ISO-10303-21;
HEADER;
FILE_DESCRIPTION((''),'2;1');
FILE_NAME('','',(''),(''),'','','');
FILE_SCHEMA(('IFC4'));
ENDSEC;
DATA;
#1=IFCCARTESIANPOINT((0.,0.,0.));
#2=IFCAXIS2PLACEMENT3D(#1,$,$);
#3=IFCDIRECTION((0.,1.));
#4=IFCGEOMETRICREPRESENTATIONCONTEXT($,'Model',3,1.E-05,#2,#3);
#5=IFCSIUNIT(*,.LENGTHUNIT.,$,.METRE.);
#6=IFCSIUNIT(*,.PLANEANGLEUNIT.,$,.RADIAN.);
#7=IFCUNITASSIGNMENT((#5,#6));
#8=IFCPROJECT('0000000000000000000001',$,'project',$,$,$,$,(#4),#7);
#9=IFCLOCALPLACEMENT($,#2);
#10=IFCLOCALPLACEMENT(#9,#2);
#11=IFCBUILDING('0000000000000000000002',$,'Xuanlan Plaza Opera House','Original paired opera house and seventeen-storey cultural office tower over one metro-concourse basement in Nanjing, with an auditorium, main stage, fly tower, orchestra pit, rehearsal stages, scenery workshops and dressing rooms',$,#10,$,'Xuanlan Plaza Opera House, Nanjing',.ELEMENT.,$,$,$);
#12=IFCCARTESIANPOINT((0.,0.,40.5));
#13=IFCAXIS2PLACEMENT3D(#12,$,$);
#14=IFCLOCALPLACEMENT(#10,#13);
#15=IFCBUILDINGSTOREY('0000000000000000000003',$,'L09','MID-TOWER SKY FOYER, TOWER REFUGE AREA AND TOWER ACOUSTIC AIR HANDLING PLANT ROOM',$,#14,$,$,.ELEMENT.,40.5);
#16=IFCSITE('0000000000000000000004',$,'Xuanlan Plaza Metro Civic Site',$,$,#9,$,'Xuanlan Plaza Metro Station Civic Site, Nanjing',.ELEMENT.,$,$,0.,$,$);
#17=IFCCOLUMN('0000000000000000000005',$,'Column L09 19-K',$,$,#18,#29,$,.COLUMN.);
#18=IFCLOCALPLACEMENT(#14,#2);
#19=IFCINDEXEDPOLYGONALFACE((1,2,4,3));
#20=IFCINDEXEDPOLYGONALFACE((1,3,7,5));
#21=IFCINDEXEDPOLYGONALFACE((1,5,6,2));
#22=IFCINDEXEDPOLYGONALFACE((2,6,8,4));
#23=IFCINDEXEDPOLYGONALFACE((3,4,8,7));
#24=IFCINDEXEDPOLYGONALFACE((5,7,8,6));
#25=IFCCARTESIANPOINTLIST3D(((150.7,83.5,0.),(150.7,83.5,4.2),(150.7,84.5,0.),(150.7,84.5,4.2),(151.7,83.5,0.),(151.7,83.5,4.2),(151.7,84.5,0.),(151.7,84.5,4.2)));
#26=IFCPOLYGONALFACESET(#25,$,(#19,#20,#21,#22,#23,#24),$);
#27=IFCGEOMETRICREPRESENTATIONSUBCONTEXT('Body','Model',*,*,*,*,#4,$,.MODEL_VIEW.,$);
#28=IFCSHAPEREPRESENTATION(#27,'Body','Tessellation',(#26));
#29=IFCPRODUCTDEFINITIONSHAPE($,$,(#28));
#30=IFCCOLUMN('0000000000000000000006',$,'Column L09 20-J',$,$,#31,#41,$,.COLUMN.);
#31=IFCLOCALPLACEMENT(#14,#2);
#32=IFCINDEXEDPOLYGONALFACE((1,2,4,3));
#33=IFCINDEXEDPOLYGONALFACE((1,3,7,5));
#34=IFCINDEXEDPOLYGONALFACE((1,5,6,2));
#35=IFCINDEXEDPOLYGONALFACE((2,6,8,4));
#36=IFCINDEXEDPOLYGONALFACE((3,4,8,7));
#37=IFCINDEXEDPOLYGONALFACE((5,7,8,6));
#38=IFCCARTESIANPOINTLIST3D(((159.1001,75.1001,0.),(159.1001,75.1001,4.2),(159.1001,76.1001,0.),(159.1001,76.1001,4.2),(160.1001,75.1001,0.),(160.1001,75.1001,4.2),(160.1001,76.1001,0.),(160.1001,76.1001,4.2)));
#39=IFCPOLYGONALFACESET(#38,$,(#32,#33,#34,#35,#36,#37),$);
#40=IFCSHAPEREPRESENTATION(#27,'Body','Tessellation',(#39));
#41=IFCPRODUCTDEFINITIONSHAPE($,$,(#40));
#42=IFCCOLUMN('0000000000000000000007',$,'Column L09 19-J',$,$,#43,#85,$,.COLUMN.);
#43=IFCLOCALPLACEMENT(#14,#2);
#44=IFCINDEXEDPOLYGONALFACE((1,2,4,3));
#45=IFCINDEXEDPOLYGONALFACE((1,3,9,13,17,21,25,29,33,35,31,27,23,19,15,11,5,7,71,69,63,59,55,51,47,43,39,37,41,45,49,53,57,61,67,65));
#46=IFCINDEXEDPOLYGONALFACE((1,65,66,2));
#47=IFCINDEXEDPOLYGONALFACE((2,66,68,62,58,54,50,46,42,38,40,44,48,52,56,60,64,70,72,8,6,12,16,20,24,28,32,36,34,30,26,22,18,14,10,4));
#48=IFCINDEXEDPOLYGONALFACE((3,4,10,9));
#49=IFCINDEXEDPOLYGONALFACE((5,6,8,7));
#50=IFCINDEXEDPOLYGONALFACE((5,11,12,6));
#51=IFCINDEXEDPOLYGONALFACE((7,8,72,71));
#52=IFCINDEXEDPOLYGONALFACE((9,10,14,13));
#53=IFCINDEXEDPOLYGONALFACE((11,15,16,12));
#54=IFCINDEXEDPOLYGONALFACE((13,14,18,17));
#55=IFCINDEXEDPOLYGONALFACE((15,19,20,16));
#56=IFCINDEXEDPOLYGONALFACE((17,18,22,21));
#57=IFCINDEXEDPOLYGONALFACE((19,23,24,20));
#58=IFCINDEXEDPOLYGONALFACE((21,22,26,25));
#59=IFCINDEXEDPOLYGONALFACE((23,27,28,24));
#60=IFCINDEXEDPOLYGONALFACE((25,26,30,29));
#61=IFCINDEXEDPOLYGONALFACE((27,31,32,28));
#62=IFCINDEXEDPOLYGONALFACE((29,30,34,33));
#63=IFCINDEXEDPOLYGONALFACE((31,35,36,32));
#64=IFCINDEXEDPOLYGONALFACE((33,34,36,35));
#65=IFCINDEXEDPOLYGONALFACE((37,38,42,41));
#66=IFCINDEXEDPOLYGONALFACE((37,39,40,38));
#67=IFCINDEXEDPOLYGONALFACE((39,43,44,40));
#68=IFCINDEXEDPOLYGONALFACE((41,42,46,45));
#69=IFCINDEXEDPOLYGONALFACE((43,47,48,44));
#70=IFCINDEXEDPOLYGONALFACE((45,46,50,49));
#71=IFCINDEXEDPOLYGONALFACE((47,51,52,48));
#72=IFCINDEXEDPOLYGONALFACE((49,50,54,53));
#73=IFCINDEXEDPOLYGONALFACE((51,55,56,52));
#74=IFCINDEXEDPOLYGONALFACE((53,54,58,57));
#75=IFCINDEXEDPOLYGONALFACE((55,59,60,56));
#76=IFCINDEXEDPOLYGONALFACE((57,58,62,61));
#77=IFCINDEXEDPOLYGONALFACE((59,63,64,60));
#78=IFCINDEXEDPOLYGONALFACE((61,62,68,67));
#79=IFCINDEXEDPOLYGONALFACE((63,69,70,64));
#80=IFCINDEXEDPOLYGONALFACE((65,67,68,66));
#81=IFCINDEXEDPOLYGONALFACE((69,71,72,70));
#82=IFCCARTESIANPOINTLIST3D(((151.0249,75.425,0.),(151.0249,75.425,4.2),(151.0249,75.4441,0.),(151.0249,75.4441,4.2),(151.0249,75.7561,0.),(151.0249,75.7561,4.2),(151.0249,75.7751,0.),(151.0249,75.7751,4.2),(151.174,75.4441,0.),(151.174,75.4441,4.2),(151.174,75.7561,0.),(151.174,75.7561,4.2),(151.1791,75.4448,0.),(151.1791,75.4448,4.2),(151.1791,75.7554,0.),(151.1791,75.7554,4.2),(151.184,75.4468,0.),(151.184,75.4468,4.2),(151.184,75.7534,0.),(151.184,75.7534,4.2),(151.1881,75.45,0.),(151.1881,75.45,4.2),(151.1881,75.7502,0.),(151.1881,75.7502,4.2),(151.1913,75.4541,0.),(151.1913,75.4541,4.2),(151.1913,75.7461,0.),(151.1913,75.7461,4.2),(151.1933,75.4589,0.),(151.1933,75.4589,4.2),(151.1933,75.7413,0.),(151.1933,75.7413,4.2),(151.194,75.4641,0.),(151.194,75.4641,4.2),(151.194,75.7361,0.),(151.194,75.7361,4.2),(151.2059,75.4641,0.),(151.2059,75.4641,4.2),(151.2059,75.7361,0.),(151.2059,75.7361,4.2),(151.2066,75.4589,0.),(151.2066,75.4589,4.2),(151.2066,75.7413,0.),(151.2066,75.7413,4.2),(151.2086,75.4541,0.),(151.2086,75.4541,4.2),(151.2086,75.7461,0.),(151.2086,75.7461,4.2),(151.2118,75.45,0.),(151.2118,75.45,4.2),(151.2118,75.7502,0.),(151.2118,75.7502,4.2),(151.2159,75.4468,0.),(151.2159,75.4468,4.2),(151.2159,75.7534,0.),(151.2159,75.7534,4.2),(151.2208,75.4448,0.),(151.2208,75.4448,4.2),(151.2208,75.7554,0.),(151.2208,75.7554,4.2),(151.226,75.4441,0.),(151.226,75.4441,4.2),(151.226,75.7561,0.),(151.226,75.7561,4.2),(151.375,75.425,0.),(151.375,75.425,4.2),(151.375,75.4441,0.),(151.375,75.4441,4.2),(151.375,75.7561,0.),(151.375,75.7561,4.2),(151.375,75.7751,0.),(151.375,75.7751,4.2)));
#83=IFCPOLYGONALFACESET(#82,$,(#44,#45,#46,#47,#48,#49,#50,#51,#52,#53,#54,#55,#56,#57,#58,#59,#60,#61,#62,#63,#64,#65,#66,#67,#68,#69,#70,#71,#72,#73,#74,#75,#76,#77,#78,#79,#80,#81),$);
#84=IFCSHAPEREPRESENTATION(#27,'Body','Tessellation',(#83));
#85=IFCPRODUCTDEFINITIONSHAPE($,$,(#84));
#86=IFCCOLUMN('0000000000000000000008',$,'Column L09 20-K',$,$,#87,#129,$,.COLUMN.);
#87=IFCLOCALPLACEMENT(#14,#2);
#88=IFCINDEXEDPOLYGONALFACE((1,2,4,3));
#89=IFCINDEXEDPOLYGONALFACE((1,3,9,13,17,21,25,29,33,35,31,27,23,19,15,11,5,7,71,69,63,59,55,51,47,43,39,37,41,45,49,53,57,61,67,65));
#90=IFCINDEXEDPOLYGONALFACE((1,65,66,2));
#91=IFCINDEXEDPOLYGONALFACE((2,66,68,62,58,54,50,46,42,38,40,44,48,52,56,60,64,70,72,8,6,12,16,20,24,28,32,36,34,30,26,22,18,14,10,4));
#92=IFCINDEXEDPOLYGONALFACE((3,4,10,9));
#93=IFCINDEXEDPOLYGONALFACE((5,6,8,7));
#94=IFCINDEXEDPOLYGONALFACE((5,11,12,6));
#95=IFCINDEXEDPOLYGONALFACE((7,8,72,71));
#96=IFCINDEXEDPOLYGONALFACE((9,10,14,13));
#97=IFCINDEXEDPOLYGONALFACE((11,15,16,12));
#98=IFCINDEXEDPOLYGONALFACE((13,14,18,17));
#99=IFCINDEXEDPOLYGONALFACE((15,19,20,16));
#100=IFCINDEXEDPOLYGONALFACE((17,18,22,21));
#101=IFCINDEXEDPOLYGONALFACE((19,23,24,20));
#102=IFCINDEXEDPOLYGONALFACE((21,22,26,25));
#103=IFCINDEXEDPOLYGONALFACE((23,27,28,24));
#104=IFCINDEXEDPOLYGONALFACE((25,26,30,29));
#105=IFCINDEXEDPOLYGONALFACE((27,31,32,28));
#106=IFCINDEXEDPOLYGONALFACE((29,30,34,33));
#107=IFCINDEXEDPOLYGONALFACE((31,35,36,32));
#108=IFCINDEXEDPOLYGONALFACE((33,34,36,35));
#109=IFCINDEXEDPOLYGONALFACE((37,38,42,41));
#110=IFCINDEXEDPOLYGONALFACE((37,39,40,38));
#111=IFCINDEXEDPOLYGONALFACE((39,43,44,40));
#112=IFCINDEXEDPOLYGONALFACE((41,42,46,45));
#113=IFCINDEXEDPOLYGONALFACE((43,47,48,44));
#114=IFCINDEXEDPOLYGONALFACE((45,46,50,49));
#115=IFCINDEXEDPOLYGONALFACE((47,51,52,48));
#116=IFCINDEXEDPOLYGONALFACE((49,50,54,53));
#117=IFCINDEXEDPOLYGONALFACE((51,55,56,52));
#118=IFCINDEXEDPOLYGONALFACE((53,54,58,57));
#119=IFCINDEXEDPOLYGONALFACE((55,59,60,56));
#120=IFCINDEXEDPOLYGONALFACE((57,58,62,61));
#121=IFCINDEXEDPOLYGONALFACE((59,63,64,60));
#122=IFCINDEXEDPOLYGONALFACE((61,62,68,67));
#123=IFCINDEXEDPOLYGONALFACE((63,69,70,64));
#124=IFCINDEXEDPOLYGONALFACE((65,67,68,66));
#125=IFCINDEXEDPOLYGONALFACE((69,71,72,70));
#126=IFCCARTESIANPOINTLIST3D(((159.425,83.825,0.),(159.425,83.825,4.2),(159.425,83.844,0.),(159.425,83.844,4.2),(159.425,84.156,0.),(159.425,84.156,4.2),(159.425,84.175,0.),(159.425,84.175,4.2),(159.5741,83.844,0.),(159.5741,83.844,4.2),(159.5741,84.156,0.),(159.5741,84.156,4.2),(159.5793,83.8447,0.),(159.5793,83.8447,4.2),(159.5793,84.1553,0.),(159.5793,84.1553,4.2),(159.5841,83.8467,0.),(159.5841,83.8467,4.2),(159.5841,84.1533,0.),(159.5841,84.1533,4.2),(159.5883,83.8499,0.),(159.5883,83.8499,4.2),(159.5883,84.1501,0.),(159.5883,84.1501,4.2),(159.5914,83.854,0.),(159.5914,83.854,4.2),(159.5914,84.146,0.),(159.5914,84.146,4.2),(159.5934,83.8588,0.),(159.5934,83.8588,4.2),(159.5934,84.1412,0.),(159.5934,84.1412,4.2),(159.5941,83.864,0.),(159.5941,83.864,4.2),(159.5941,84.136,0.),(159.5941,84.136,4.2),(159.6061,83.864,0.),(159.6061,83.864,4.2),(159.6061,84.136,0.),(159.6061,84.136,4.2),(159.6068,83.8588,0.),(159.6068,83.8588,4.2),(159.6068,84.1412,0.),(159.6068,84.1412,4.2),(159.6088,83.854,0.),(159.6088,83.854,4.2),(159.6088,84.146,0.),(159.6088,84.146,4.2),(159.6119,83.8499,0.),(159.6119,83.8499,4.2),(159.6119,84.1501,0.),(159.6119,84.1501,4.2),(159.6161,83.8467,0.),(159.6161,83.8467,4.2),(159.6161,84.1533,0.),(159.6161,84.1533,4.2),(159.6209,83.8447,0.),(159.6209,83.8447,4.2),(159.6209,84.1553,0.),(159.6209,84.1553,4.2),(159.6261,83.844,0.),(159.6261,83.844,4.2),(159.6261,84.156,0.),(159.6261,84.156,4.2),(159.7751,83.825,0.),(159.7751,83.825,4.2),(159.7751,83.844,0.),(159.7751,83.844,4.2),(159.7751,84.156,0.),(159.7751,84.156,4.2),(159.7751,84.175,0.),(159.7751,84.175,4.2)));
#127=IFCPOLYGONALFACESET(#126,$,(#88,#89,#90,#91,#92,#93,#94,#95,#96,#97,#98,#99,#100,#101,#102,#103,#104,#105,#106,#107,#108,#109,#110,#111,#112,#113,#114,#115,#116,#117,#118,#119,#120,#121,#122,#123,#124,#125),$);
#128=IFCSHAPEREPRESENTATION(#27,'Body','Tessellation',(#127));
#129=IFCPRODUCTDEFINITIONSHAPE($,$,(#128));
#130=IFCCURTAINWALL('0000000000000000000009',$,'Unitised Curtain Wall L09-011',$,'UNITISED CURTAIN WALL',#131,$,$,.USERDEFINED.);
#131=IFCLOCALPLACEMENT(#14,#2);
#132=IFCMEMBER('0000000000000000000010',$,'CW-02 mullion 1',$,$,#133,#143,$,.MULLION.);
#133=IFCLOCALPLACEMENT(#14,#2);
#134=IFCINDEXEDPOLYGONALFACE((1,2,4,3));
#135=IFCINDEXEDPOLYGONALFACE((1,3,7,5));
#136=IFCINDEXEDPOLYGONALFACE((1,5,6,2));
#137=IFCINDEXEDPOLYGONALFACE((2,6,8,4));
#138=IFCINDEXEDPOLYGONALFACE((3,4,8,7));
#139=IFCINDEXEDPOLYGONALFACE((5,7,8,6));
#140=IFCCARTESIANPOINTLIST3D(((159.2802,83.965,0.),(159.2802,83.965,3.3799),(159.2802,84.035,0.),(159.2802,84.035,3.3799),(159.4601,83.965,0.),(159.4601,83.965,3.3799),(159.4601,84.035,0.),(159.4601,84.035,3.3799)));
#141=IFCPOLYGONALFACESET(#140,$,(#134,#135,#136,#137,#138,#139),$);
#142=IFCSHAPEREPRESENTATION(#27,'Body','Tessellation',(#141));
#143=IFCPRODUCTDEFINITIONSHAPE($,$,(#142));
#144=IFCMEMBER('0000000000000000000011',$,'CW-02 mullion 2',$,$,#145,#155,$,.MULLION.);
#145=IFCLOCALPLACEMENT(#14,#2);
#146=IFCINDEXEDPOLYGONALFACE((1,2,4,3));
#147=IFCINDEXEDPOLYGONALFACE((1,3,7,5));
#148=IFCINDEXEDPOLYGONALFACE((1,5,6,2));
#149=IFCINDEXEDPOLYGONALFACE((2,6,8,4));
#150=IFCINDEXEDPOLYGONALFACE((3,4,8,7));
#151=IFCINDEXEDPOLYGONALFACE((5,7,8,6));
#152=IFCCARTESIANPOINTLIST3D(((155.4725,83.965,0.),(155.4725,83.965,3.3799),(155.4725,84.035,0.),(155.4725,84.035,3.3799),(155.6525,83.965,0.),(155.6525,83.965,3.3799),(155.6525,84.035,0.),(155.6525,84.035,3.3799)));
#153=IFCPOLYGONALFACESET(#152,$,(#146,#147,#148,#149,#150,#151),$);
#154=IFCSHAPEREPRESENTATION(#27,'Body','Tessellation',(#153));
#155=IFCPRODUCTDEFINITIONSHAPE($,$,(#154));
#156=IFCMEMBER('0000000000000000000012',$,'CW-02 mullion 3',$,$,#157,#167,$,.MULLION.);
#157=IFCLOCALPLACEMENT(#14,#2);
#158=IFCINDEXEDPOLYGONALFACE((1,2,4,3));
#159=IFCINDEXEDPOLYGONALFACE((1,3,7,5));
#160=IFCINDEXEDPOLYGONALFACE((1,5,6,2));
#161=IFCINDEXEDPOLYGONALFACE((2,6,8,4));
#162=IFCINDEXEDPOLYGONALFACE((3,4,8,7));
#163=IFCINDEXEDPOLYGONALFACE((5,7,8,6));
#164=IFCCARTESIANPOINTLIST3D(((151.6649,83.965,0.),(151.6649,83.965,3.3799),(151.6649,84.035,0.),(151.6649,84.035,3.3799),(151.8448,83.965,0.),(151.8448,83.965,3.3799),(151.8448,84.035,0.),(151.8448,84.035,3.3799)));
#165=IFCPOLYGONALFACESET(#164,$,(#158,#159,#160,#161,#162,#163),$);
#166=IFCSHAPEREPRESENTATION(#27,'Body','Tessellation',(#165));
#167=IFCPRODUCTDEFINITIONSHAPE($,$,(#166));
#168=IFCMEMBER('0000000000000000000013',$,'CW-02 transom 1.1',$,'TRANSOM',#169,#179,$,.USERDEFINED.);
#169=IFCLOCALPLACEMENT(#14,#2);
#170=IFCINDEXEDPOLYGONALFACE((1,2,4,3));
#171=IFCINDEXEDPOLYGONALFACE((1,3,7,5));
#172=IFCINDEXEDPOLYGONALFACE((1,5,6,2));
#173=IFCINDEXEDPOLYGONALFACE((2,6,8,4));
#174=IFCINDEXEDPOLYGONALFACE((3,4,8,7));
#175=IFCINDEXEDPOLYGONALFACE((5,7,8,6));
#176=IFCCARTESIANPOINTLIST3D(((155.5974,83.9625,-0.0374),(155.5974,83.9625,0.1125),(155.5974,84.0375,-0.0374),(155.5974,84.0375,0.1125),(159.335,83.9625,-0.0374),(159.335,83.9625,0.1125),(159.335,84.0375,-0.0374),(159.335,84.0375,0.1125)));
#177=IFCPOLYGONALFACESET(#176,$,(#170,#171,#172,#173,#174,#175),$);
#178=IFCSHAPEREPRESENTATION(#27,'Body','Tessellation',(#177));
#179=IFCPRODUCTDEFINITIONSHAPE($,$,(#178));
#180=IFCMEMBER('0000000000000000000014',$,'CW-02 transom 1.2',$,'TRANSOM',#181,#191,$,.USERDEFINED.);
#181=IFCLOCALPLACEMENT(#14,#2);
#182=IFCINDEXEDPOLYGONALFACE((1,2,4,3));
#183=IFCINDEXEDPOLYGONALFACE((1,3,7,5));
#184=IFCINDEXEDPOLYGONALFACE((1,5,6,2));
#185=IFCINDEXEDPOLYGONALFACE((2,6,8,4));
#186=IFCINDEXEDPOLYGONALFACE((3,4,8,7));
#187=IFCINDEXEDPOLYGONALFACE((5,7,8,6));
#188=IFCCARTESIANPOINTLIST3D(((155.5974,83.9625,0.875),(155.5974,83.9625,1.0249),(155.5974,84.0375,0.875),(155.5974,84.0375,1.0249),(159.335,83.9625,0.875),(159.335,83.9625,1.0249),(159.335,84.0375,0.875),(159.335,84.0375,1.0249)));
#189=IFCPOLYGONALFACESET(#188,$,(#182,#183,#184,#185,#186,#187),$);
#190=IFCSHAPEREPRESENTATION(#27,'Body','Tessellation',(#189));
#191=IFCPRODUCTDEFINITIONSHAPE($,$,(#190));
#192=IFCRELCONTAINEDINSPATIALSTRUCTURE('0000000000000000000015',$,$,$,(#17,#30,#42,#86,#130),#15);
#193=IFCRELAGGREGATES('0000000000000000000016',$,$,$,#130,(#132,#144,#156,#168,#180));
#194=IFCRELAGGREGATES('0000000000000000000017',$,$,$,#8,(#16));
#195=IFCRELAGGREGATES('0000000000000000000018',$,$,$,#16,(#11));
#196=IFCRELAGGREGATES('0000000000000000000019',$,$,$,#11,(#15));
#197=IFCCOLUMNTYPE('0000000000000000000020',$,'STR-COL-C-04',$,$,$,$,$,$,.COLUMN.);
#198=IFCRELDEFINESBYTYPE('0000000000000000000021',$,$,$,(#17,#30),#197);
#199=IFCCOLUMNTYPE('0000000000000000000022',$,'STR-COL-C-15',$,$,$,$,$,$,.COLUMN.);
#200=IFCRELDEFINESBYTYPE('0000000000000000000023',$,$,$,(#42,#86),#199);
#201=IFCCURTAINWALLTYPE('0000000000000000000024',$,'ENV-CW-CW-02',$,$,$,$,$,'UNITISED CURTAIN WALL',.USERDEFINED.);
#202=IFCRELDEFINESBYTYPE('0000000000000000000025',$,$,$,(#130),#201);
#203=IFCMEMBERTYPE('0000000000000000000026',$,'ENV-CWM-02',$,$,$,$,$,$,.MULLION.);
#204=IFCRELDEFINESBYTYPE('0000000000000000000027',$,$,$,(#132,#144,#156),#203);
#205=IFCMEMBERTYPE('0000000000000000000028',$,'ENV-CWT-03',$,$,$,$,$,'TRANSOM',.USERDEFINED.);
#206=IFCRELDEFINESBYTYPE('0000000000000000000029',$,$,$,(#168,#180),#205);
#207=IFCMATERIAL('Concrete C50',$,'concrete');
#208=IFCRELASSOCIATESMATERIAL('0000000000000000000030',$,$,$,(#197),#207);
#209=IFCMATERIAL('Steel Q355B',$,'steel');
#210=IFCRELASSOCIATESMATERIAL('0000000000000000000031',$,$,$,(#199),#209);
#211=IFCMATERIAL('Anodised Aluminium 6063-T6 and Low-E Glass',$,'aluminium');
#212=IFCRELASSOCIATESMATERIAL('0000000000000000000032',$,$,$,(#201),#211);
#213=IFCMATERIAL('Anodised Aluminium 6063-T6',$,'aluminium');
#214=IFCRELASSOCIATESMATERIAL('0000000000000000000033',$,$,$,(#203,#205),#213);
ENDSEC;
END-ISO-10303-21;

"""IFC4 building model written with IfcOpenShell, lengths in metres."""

from ifc_helpers import new_model, si_unit, direction, frame, origin, origin_2d, place, context, subcontext, project, spatial, rectangle, i_section, extrude, material, material_profile, profile_set, type_object, element, aggregate, save


model = new_model("IFC4")

# Units and contexts
model_context = context("Model", 3, precision=1e-05, world=origin(), true_north=direction((0.0, 1.0)))
body_context = subcontext(model_context, "Body", "Model", "MODEL_VIEW")
ifc_project = project(units=[si_unit("LENGTHUNIT", "METRE"), si_unit("PLANEANGLEUNIT", "RADIAN")], contexts=[model_context])

# Site, building, storey
site_placement = place(None, origin())
site = spatial("IfcSite", under=ifc_project, at=site_placement, Name="Xuanlan Plaza Metro Civic Site", LongName="Xuanlan Plaza Metro Station Civic Site, Nanjing", CompositionType="ELEMENT", RefElevation=0.0)
building_placement = place(site_placement, origin())
building = spatial("IfcBuilding", under=site, at=building_placement, Name="Xuanlan Plaza Opera House", Description="Original paired opera house and seventeen-storey cultural office tower over one metro-concourse basement in Nanjing, with an auditorium, main stage, fly tower, orchestra pit, rehearsal stages, scenery workshops and dressing rooms", LongName="Xuanlan Plaza Opera House, Nanjing", CompositionType="ELEMENT")
storey_placement = place(building_placement, frame((0.0, 0.0, 40.5)))
storey = spatial("IfcBuildingStorey", under=building, at=storey_placement, Name="L09", Description="MID-TOWER SKY FOYER, TOWER REFUGE AREA AND TOWER ACOUSTIC AIR HANDLING PLANT ROOM", CompositionType="ELEMENT", Elevation=40.5)

# Columns
ifc_material_1 = material(Name="Concrete C50", Category="concrete")
ifc_material_profile_1 = material_profile(ifc_material_1, rectangle(XDim=1.0, YDim=1.0, at=origin_2d()), Name="RC-COL 1000x1000")
ifc_profile_set_1 = profile_set([ifc_material_profile_1], Name="Concrete C50")
column_type_1 = type_object("IfcColumnType", Name="STR-COL-C-04", PredefinedType="COLUMN", material=ifc_profile_set_1)
for number, where, z_axis, x_axis, name in (
    (1, (151.2, 84.0, 0.0), (0.0, 0.0, 1.0), (1.0, 0.0, 0.0), "Column L09 19-K"),
    (2, (159.6001, 75.6001, 0.0), (0.0, 0.0, 1.0), (1.0, 0.0, 0.0), "Column L09 20-J"),
):
    element("IfcColumn", number, at=place(storey_placement, frame(where, z_axis=z_axis, x_axis=x_axis)), inside=storey, type_object=column_type_1, Name=name, PredefinedType="COLUMN", context=body_context, shape_type="SweptSolid", body=[
        extrude(rectangle(XDim=1.0, YDim=1.0, at=origin_2d()), origin(), (0.0, 0.0, 1.0), 4.2),
    ])
ifc_material_2 = material(Name="Steel Q355B", Category="steel")
ifc_material_profile_2 = material_profile(ifc_material_2, i_section(OverallWidth=0.3501, OverallDepth=0.3501, WebThickness=0.012, FlangeThickness=0.019, FilletRadius=0.02, at=origin_2d()), Name="HW 350x350x12x19")
ifc_profile_set_2 = profile_set([ifc_material_profile_2], Name="Steel Q355B")
column_type_2 = type_object("IfcColumnType", Name="STR-COL-C-15", PredefinedType="COLUMN", material=ifc_profile_set_2)
for number, where, z_axis, x_axis, name in (
    (3, (151.2, 75.6001, 0.0), (0.0, 0.0, 1.0), (1.0, 0.0, 0.0), "Column L09 19-J"),
    (4, (159.6001, 84.0, 0.0), (0.0, 0.0, 1.0), (1.0, 0.0, 0.0), "Column L09 20-K"),
):
    element("IfcColumn", number, at=place(storey_placement, frame(where, z_axis=z_axis, x_axis=x_axis)), inside=storey, type_object=column_type_2, Name=name, PredefinedType="COLUMN", context=body_context, shape_type="SweptSolid", body=[
        extrude(i_section(OverallWidth=0.3501, OverallDepth=0.3501, WebThickness=0.012, FlangeThickness=0.019, FilletRadius=0.02, at=origin_2d()), origin(), (0.0, 0.0, 1.0), 4.2),
    ])

# Curtain wall, members
ifc_material_3 = material(Name="Anodised Aluminium 6063-T6 and Low-E Glass", Category="aluminium")
curtain_wall_type = type_object("IfcCurtainWallType", Name="ENV-CW-CW-02", ElementType="UNITISED CURTAIN WALL", PredefinedType="USERDEFINED", material=ifc_material_3)
curtain_wall_placement = place(storey_placement, origin())
curtain_wall = element("IfcCurtainWall", 5, at=curtain_wall_placement, inside=storey, type_object=curtain_wall_type, Name="Unitised Curtain Wall L09-011", ObjectType="UNITISED CURTAIN WALL", PredefinedType="USERDEFINED")
ifc_material_4 = material(Name="Anodised Aluminium 6063-T6", Category="aluminium")
ifc_material_profile_3 = material_profile(ifc_material_4, rectangle(XDim=0.0701, YDim=0.1799, at=origin_2d()), Name="ALU-M 70x180")
ifc_profile_set_3 = profile_set([ifc_material_profile_3], Name="Anodised Aluminium 6063-T6")
member_type_1 = type_object("IfcMemberType", Name="ENV-CWM-02", PredefinedType="MULLION", material=ifc_profile_set_3)
member_1_placement = place(storey_placement, frame((159.3701, 84.0, 0.0), z_axis=(0.0, 0.0, 1.0), x_axis=(0.0, -1.0, 0.0)))
member_1 = element("IfcMember", 6, at=member_1_placement, type_object=member_type_1, Name="CW-02 mullion 1", PredefinedType="MULLION", context=body_context, shape_type="SweptSolid", body=[
    extrude(rectangle(XDim=0.0701, YDim=0.1799, at=origin_2d()), origin(), (0.0, 0.0, 1.0), 3.3799),
])
member_2_placement = place(storey_placement, frame((155.5625, 84.0, 0.0), z_axis=(0.0, 0.0, 1.0), x_axis=(0.0, -1.0, 0.0)))
member_2 = element("IfcMember", 7, at=member_2_placement, type_object=member_type_1, Name="CW-02 mullion 2", PredefinedType="MULLION", context=body_context, shape_type="SweptSolid", body=[
    extrude(rectangle(XDim=0.0701, YDim=0.1799, at=origin_2d()), origin(), (0.0, 0.0, 1.0), 3.3799),
])
member_3_placement = place(storey_placement, frame((151.7549, 84.0, 0.0), z_axis=(0.0, 0.0, 1.0), x_axis=(0.0, -1.0, 0.0)))
member_3 = element("IfcMember", 8, at=member_3_placement, type_object=member_type_1, Name="CW-02 mullion 3", PredefinedType="MULLION", context=body_context, shape_type="SweptSolid", body=[
    extrude(rectangle(XDim=0.0701, YDim=0.1799, at=origin_2d()), origin(), (0.0, 0.0, 1.0), 3.3799),
])
ifc_material_profile_4 = material_profile(ifc_material_4, rectangle(XDim=0.075, YDim=0.1499, at=origin_2d()), Name="ALU-T 75x150")
ifc_profile_set_4 = profile_set([ifc_material_profile_4], Name="Anodised Aluminium 6063-T6")
member_type_2 = type_object("IfcMemberType", Name="ENV-CWT-03", ElementType="TRANSOM", PredefinedType="USERDEFINED", material=ifc_profile_set_4)
member_4_placement = place(storey_placement, frame((159.335, 84.0, 0.0376), z_axis=(-1.0, 0.0, 0.0), x_axis=(0.0, -1.0, 0.0)))
member_4 = element("IfcMember", 9, at=member_4_placement, type_object=member_type_2, Name="CW-02 transom 1.1", ObjectType="TRANSOM", PredefinedType="USERDEFINED", context=body_context, shape_type="SweptSolid", body=[
    extrude(rectangle(XDim=0.075, YDim=0.1499, at=origin_2d()), origin(), (0.0, 0.0, 1.0), 3.7375),
])
member_5_placement = place(storey_placement, frame((159.335, 84.0, 0.95), z_axis=(-1.0, 0.0, 0.0), x_axis=(0.0, -1.0, 0.0)))
member_5 = element("IfcMember", 10, at=member_5_placement, type_object=member_type_2, Name="CW-02 transom 1.2", ObjectType="TRANSOM", PredefinedType="USERDEFINED", context=body_context, shape_type="SweptSolid", body=[
    extrude(rectangle(XDim=0.075, YDim=0.1499, at=origin_2d()), origin(), (0.0, 0.0, 1.0), 3.7375),
])

aggregate(curtain_wall, [member_1, member_2, member_3, member_4, member_5])

save(model, "model.ifc")
